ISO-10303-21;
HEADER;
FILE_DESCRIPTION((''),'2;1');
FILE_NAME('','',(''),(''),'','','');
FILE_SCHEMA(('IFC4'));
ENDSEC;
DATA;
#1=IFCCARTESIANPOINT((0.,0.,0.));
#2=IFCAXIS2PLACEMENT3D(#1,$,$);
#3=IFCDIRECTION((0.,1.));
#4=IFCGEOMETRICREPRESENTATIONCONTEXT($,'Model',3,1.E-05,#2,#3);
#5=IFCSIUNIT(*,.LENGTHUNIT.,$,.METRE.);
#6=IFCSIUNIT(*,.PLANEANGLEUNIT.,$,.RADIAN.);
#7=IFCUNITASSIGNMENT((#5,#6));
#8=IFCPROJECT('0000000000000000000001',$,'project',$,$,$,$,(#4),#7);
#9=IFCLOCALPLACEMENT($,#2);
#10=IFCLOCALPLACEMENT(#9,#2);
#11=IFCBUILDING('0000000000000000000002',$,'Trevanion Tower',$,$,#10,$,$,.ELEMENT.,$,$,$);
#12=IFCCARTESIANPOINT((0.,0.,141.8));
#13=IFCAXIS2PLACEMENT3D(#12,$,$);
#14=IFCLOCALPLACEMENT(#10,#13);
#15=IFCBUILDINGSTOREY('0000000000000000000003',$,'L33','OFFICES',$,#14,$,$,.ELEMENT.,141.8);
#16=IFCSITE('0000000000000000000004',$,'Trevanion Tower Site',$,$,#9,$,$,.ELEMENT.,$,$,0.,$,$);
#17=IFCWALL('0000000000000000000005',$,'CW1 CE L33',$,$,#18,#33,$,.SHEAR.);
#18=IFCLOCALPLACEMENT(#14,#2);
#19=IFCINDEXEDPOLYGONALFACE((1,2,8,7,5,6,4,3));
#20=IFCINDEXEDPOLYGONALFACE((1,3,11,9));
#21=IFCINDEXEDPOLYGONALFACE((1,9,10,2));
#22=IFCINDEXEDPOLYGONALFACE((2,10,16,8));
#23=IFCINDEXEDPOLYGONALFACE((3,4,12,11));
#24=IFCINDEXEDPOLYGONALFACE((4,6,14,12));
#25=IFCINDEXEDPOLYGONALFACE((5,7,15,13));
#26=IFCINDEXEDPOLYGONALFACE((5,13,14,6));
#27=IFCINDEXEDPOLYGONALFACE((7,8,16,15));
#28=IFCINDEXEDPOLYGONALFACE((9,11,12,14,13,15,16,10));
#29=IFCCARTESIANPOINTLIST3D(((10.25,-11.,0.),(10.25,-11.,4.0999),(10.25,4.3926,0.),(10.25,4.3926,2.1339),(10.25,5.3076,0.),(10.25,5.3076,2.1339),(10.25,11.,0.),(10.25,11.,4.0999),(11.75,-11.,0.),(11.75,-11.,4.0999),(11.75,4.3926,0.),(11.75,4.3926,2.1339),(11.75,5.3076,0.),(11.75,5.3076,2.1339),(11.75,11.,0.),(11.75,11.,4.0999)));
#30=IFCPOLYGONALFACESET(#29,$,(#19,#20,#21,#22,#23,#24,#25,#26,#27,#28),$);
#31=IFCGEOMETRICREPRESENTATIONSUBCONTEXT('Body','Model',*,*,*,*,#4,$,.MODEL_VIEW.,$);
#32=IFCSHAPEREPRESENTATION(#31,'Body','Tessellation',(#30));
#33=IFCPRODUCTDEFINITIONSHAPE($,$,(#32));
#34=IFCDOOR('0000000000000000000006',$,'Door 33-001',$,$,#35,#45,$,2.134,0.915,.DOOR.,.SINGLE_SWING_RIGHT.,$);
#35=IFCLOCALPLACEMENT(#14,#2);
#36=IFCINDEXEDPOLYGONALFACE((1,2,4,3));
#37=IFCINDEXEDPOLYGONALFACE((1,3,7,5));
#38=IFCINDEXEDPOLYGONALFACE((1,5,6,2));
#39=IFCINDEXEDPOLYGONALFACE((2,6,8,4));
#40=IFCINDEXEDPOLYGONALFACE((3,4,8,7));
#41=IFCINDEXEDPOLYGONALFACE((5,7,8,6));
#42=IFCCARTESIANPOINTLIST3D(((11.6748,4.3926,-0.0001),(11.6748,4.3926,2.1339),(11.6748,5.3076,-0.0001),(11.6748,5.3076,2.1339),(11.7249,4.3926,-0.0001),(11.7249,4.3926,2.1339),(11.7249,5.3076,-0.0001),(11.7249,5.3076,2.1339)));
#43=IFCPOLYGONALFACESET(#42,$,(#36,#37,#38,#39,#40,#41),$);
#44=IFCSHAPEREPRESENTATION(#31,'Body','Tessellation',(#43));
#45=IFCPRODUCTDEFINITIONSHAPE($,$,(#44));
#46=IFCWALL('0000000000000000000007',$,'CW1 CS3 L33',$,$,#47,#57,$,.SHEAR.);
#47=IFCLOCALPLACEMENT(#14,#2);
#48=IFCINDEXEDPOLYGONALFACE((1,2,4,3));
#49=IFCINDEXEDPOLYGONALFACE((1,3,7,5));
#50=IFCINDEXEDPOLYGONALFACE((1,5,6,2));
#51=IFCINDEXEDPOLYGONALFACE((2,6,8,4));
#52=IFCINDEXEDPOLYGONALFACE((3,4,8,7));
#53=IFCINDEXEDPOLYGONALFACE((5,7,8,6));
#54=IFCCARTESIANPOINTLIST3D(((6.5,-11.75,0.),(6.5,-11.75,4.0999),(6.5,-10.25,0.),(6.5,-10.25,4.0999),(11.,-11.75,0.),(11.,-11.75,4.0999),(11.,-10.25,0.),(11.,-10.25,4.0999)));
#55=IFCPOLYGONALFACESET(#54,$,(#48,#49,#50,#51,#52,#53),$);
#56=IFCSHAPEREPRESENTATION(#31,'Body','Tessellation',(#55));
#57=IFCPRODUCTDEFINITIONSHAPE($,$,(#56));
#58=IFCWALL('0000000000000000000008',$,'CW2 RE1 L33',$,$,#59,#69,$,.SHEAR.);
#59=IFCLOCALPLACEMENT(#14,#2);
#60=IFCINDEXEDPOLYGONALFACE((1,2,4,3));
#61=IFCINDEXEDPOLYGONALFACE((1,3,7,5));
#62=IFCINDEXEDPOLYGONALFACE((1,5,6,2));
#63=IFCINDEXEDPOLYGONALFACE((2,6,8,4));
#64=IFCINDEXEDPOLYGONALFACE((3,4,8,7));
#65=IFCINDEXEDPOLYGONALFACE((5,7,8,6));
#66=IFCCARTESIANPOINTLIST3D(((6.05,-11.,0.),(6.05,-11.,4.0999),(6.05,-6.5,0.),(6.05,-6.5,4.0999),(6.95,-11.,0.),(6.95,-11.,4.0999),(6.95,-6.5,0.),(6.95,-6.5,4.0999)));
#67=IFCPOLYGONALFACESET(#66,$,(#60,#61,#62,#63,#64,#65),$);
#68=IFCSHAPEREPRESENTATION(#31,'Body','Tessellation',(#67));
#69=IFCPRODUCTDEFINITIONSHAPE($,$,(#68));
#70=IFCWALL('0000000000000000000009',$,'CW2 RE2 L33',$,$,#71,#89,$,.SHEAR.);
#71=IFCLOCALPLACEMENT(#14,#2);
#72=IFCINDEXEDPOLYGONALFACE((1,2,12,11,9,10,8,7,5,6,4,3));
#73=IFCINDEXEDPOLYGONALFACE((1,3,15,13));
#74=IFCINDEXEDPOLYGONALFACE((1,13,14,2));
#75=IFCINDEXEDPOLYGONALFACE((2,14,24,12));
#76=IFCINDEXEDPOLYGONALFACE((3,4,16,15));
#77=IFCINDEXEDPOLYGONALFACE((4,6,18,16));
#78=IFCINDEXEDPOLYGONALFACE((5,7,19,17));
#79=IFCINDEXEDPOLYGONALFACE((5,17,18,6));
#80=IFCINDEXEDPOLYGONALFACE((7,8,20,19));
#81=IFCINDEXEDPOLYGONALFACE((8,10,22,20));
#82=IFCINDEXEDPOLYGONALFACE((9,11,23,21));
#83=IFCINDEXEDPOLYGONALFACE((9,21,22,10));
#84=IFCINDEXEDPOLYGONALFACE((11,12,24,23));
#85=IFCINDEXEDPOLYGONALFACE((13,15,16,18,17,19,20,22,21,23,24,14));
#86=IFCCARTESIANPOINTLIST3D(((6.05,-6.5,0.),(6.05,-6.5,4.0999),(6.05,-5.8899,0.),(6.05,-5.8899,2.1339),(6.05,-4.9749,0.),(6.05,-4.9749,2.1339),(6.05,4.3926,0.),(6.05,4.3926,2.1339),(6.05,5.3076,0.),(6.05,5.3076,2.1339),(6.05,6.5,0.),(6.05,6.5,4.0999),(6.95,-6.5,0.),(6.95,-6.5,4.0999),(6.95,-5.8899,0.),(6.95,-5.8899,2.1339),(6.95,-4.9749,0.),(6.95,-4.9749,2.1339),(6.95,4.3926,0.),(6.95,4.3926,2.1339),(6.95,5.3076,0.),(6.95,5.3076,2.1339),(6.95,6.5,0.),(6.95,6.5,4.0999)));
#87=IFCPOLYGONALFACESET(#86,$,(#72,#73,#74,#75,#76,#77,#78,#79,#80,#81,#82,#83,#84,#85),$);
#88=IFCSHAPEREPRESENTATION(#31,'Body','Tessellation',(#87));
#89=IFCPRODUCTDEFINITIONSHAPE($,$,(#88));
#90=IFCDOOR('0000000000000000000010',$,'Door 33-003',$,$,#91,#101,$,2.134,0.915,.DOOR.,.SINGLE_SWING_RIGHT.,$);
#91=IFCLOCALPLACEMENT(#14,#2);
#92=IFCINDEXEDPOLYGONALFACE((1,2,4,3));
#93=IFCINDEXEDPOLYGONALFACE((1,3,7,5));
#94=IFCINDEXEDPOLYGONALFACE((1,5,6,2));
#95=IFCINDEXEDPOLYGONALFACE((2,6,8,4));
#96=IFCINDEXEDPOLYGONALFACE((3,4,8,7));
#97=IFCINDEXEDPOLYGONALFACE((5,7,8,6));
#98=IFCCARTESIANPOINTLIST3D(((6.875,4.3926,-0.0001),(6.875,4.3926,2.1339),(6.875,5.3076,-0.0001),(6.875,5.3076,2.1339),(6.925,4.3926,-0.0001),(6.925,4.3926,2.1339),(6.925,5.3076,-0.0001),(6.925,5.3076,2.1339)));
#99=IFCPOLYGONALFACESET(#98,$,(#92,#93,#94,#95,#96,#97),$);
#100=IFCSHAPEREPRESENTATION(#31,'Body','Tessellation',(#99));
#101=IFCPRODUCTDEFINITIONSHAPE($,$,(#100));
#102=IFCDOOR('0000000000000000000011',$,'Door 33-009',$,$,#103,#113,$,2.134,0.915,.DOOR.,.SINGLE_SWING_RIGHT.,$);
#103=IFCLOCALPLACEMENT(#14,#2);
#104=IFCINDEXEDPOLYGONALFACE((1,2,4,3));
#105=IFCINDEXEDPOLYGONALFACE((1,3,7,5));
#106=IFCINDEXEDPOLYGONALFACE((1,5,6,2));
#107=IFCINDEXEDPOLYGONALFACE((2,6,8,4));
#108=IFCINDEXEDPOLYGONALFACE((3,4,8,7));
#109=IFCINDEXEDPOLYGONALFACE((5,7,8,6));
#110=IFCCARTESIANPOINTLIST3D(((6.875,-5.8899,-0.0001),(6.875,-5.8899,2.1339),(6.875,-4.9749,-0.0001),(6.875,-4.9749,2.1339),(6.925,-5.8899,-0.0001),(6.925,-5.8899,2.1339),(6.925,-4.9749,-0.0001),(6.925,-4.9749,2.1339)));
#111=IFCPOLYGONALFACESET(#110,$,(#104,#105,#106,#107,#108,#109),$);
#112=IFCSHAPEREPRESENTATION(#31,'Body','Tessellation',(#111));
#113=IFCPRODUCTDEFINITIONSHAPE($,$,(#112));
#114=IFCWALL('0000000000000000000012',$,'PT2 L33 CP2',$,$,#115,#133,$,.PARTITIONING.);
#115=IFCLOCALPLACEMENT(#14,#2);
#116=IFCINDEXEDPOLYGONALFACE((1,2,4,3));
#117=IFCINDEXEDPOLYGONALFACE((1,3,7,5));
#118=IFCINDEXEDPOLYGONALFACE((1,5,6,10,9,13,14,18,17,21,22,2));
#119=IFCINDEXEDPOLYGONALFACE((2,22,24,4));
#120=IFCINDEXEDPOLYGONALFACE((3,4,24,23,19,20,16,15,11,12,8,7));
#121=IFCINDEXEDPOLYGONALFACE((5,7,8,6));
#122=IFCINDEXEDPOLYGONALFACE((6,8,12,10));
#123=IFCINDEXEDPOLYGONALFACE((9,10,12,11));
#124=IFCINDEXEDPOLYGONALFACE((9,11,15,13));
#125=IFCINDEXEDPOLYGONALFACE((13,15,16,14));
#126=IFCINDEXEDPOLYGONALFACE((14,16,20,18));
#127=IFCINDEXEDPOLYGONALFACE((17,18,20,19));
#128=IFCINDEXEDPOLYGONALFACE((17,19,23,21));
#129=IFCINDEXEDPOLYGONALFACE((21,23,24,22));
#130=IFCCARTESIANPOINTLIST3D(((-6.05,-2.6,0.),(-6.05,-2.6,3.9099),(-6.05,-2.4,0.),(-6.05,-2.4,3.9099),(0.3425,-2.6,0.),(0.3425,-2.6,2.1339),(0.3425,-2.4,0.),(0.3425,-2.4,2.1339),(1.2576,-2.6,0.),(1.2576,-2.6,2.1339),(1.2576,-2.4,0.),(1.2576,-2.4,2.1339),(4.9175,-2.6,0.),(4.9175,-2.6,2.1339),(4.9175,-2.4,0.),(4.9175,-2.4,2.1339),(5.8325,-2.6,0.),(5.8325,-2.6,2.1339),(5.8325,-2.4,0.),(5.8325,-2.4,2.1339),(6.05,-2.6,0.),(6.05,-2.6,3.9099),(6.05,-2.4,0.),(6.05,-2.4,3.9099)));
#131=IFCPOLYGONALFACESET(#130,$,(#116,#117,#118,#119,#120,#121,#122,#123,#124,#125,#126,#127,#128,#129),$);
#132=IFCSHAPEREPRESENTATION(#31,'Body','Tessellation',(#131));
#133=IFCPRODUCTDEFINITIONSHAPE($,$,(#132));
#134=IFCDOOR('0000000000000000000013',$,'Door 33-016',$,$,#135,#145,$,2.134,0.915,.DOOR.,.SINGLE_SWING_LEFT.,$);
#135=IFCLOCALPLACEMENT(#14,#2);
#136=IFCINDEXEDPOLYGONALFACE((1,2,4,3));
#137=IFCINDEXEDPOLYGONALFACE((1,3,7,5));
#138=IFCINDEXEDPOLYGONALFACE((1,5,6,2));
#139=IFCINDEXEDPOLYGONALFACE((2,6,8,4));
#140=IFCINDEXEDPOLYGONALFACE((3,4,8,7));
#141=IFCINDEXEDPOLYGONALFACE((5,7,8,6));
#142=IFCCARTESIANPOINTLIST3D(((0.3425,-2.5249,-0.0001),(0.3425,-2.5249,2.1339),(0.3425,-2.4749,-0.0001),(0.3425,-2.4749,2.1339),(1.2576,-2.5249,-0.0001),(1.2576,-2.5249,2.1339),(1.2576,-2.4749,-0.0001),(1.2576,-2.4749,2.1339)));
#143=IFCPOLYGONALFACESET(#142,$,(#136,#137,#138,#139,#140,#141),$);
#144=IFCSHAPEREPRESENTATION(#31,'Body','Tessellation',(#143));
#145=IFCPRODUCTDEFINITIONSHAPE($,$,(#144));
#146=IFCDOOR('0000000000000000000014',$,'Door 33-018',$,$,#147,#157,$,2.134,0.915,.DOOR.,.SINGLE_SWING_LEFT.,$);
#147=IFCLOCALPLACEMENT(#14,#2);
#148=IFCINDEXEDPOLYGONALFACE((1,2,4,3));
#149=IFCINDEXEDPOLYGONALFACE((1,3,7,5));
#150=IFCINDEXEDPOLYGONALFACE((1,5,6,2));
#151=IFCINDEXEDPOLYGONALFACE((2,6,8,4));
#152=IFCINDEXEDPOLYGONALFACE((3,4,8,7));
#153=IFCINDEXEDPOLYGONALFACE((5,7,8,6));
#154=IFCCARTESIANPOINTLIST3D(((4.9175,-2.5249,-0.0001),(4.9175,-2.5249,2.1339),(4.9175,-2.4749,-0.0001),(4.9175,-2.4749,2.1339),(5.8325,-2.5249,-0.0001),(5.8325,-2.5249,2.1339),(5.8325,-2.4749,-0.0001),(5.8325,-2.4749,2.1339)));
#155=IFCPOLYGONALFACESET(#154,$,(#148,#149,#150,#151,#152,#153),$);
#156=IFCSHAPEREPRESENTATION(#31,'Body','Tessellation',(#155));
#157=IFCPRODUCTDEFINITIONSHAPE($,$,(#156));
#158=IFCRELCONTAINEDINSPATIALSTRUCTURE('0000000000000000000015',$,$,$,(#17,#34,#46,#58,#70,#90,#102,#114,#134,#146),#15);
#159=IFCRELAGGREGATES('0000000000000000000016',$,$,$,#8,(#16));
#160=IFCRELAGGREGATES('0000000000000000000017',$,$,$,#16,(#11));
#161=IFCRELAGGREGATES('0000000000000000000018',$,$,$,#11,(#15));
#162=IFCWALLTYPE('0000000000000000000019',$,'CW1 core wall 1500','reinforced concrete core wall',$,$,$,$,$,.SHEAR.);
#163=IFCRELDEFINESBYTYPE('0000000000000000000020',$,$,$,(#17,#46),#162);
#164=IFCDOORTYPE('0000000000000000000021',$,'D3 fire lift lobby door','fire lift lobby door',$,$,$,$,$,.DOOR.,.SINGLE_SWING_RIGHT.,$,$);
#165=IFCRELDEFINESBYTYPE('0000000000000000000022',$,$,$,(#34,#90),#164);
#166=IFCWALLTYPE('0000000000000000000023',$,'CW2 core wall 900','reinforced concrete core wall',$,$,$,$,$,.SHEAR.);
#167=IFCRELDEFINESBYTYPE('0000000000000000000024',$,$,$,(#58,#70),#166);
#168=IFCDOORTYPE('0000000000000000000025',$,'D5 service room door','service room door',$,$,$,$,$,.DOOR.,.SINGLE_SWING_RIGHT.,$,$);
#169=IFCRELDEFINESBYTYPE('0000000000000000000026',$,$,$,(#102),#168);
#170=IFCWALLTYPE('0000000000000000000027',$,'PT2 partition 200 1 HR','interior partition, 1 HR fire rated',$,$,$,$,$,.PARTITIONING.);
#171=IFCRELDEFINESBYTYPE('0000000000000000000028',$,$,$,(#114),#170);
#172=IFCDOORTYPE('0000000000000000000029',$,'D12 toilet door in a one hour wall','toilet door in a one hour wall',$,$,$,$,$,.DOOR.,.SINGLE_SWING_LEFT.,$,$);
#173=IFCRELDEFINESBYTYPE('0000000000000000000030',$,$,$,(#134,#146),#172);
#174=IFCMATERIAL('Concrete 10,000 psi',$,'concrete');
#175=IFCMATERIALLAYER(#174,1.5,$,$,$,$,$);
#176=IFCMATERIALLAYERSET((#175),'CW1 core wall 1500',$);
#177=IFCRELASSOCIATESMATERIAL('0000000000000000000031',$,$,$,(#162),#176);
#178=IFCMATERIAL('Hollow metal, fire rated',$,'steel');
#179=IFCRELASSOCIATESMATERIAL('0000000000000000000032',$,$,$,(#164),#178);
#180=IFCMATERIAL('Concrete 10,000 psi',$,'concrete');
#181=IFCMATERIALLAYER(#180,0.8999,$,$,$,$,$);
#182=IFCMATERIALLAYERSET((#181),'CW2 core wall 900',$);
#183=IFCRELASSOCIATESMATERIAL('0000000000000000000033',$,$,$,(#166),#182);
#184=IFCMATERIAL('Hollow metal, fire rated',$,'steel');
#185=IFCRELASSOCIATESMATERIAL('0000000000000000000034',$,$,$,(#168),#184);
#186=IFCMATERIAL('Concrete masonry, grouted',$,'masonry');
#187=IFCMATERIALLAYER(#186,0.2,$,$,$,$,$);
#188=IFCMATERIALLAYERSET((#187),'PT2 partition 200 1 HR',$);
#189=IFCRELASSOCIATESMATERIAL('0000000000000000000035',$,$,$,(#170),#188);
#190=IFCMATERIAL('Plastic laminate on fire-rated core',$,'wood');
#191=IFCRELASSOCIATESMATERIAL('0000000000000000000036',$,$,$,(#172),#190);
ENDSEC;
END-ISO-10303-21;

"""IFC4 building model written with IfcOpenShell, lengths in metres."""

from ifc_helpers import new_model, si_unit, direction, frame, frame_2d, origin, place, context, subcontext, project, spatial, rectangle, extrude, material, layer, layer_set, type_object, element, fill, save


model = new_model("IFC4")

# Units and contexts
model_context = context("Model", 3, precision=1e-05, world=origin(), true_north=direction((0.0, 1.0)))
body_context = subcontext(model_context, "Body", "Model", "MODEL_VIEW")
ifc_project = project(units=[si_unit("LENGTHUNIT", "METRE"), si_unit("PLANEANGLEUNIT", "RADIAN")], contexts=[model_context])

# Site, building, storey
site_placement = place(None, origin())
site = spatial("IfcSite", under=ifc_project, at=site_placement, Name="Trevanion Tower Site", CompositionType="ELEMENT", RefElevation=0.0)
building_placement = place(site_placement, origin())
building = spatial("IfcBuilding", under=site, at=building_placement, Name="Trevanion Tower", CompositionType="ELEMENT")
storey_placement = place(building_placement, frame((0.0, 0.0, 141.8)))
storey = spatial("IfcBuildingStorey", under=building, at=storey_placement, Name="L33", Description="OFFICES", CompositionType="ELEMENT", Elevation=141.8)

# Wall, opening, door
ifc_material_1 = material(Name="Concrete 10,000 psi", Category="concrete")
ifc_layer_1 = layer(ifc_material_1, 1.5)
ifc_layer_set_1 = layer_set([ifc_layer_1], Name="CW1 core wall 1500")
wall_type_1 = type_object("IfcWallType", Name="CW1 core wall 1500", Description="reinforced concrete core wall", PredefinedType="SHEAR", material=ifc_layer_set_1)
wall_1_placement = place(storey_placement, frame((11.0, -11.0, 0.0), z_axis=(0.0, 0.0, 1.0), x_axis=(0.0, 1.0, 0.0)))
wall_1 = element("IfcWall", 1, at=wall_1_placement, inside=storey, type_object=wall_type_1, Name="CW1 CE L33", PredefinedType="SHEAR", context=body_context, shape_type="SweptSolid", body=[
    extrude(rectangle(XDim=22.0, YDim=1.5, at=frame_2d((11.0, 0.0))), origin(), (0.0, 0.0, 1.0), 4.0999),
])
opening_1_placement = place(wall_1_placement, frame((15.3926, 0.0, 0.0)))
opening_1 = element("IfcOpeningElement", 2, at=opening_1_placement, cuts=wall_1, PredefinedType="OPENING", context=body_context, shape_type="SweptSolid", body=[
    extrude(rectangle(XDim=0.915, YDim=2.134, at=frame_2d((0.4575, 1.0669))), frame((0.0, 0.76, 0.0), z_axis=(0.0, -1.0, 0.0), x_axis=(1.0, 0.0, 0.0)), (0.0, 0.0, 1.0), 1.52),
])
ifc_material_2 = material(Name="Hollow metal, fire rated", Category="steel")
door_type_1 = type_object("IfcDoorType", Name="D3 fire lift lobby door", Description="fire lift lobby door", OperationType="SINGLE_SWING_RIGHT", PredefinedType="DOOR", material=ifc_material_2)
door_1_placement = place(opening_1_placement, origin())
door_1 = element("IfcDoor", 3, at=door_1_placement, inside=storey, type_object=door_type_1, Name="Door 33-001", OperationType="SINGLE_SWING_RIGHT", OverallHeight=2.134, OverallWidth=0.915, PredefinedType="DOOR", context=body_context, shape_type="SweptSolid", body=[
    extrude(rectangle(XDim=0.915, YDim=2.134, at=frame_2d((0.4575, 1.0669))), frame((0.0, -0.6748, 0.0), z_axis=(0.0, -1.0, 0.0), x_axis=(1.0, 0.0, 0.0)), (0.0, 0.0, 1.0), 0.05),
])
fill(opening_1, door_1)

# Walls
wall_2_placement = place(storey_placement, frame((6.5, -11.0, 0.0), z_axis=(0.0, 0.0, 1.0), x_axis=(1.0, 0.0, 0.0)))
element("IfcWall", 4, at=wall_2_placement, inside=storey, type_object=wall_type_1, Name="CW1 CS3 L33", PredefinedType="SHEAR", context=body_context, shape_type="SweptSolid", body=[
    extrude(rectangle(XDim=4.5, YDim=1.5, at=frame_2d((2.25, 0.0))), origin(), (0.0, 0.0, 1.0), 4.0999),
])
ifc_material_3 = material(Name="Concrete 10,000 psi", Category="concrete")
ifc_layer_2 = layer(ifc_material_3, 0.8999)
ifc_layer_set_2 = layer_set([ifc_layer_2], Name="CW2 core wall 900")
wall_type_2 = type_object("IfcWallType", Name="CW2 core wall 900", Description="reinforced concrete core wall", PredefinedType="SHEAR", material=ifc_layer_set_2)
wall_3_placement = place(storey_placement, frame((6.5, -11.0, 0.0), z_axis=(0.0, 0.0, 1.0), x_axis=(0.0, 1.0, 0.0)))
element("IfcWall", 5, at=wall_3_placement, inside=storey, type_object=wall_type_2, Name="CW2 RE1 L33", PredefinedType="SHEAR", context=body_context, shape_type="SweptSolid", body=[
    extrude(rectangle(XDim=4.5, YDim=0.8999, at=frame_2d((2.25, 0.0))), origin(), (0.0, 0.0, 1.0), 4.0999),
])

# Walls, openings, doors
wall_4_placement = place(storey_placement, frame((6.5, -6.5, 0.0), z_axis=(0.0, 0.0, 1.0), x_axis=(0.0, 1.0, 0.0)))
wall_4 = element("IfcWall", 6, at=wall_4_placement, inside=storey, type_object=wall_type_2, Name="CW2 RE2 L33", PredefinedType="SHEAR", context=body_context, shape_type="SweptSolid", body=[
    extrude(rectangle(XDim=13.0, YDim=0.8999, at=frame_2d((6.5, 0.0))), origin(), (0.0, 0.0, 1.0), 4.0999),
])
opening_2_placement = place(wall_4_placement, frame((10.8926, 0.0, 0.0)))
opening_2 = element("IfcOpeningElement", 7, at=opening_2_placement, cuts=wall_4, PredefinedType="OPENING", context=body_context, shape_type="SweptSolid", body=[
    extrude(rectangle(XDim=0.915, YDim=2.134, at=frame_2d((0.4575, 1.0669))), frame((0.0, 0.46, 0.0), z_axis=(0.0, -1.0, 0.0), x_axis=(1.0, 0.0, 0.0)), (0.0, 0.0, 1.0), 0.9199),
])
opening_3_placement = place(wall_4_placement, frame((0.6101, 0.0, 0.0)))
opening_3 = element("IfcOpeningElement", 8, at=opening_3_placement, cuts=wall_4, PredefinedType="OPENING", context=body_context, shape_type="SweptSolid", body=[
    extrude(rectangle(XDim=0.915, YDim=2.134, at=frame_2d((0.4575, 1.0669))), frame((0.0, 0.46, 0.0), z_axis=(0.0, -1.0, 0.0), x_axis=(1.0, 0.0, 0.0)), (0.0, 0.0, 1.0), 0.9199),
])
door_2_placement = place(opening_2_placement, origin())
door_2 = element("IfcDoor", 9, at=door_2_placement, inside=storey, type_object=door_type_1, Name="Door 33-003", OperationType="SINGLE_SWING_RIGHT", OverallHeight=2.134, OverallWidth=0.915, PredefinedType="DOOR", context=body_context, shape_type="SweptSolid", body=[
    extrude(rectangle(XDim=0.915, YDim=2.134, at=frame_2d((0.4575, 1.0669))), frame((0.0, -0.375, 0.0), z_axis=(0.0, -1.0, 0.0), x_axis=(1.0, 0.0, 0.0)), (0.0, 0.0, 1.0), 0.05),
])
fill(opening_2, door_2)
ifc_material_4 = material(Name="Hollow metal, fire rated", Category="steel")
door_type_2 = type_object("IfcDoorType", Name="D5 service room door", Description="service room door", OperationType="SINGLE_SWING_RIGHT", PredefinedType="DOOR", material=ifc_material_4)
door_3_placement = place(opening_3_placement, origin())
door_3 = element("IfcDoor", 10, at=door_3_placement, inside=storey, type_object=door_type_2, Name="Door 33-009", OperationType="SINGLE_SWING_RIGHT", OverallHeight=2.134, OverallWidth=0.915, PredefinedType="DOOR", context=body_context, shape_type="SweptSolid", body=[
    extrude(rectangle(XDim=0.915, YDim=2.134, at=frame_2d((0.4575, 1.0669))), frame((0.0, -0.375, 0.0), z_axis=(0.0, -1.0, 0.0), x_axis=(1.0, 0.0, 0.0)), (0.0, 0.0, 1.0), 0.05),
])
fill(opening_3, door_3)
ifc_material_5 = material(Name="Concrete masonry, grouted", Category="masonry")
ifc_layer_3 = layer(ifc_material_5, 0.2)
ifc_layer_set_3 = layer_set([ifc_layer_3], Name="PT2 partition 200 1 HR")
wall_type_3 = type_object("IfcWallType", Name="PT2 partition 200 1 HR", Description="interior partition, 1 HR fire rated", PredefinedType="PARTITIONING", material=ifc_layer_set_3)
wall_5_placement = place(storey_placement, frame((6.05, -2.5, 0.0), z_axis=(0.0, 0.0, 1.0), x_axis=(-1.0, 0.0, 0.0)))
wall_5 = element("IfcWall", 11, at=wall_5_placement, inside=storey, type_object=wall_type_3, Name="PT2 L33 CP2", PredefinedType="PARTITIONING", context=body_context, shape_type="SweptSolid", body=[
    extrude(rectangle(XDim=12.1001, YDim=0.2, at=frame_2d((6.05, 0.0))), origin(), (0.0, 0.0, 1.0), 3.9099),
])
opening_4_placement = place(wall_5_placement, frame((4.7925, 0.0, 0.0)))
opening_4 = element("IfcOpeningElement", 12, at=opening_4_placement, cuts=wall_5, PredefinedType="OPENING", context=body_context, shape_type="SweptSolid", body=[
    extrude(rectangle(XDim=0.915, YDim=2.134, at=frame_2d((0.4575, 1.0669))), frame((0.0, 0.1099, 0.0), z_axis=(0.0, -1.0, 0.0), x_axis=(1.0, 0.0, 0.0)), (0.0, 0.0, 1.0), 0.22),
])
opening_5_placement = place(wall_5_placement, frame((0.2175, 0.0, 0.0)))
opening_5 = element("IfcOpeningElement", 13, at=opening_5_placement, cuts=wall_5, PredefinedType="OPENING", context=body_context, shape_type="SweptSolid", body=[
    extrude(rectangle(XDim=0.915, YDim=2.134, at=frame_2d((0.4575, 1.0669))), frame((0.0, 0.1099, 0.0), z_axis=(0.0, -1.0, 0.0), x_axis=(1.0, 0.0, 0.0)), (0.0, 0.0, 1.0), 0.22),
])
ifc_material_6 = material(Name="Plastic laminate on fire-rated core", Category="wood")
door_type_3 = type_object("IfcDoorType", Name="D12 toilet door in a one hour wall", Description="toilet door in a one hour wall", OperationType="SINGLE_SWING_LEFT", PredefinedType="DOOR", material=ifc_material_6)
door_4_placement = place(opening_4_placement, origin())
door_4 = element("IfcDoor", 14, at=door_4_placement, inside=storey, type_object=door_type_3, Name="Door 33-016", OperationType="SINGLE_SWING_LEFT", OverallHeight=2.134, OverallWidth=0.915, PredefinedType="DOOR", context=body_context, shape_type="SweptSolid", body=[
    extrude(rectangle(XDim=0.915, YDim=2.134, at=frame_2d((0.4575, 1.0669))), frame((0.0, 0.0249, 0.0), z_axis=(0.0, -1.0, 0.0), x_axis=(1.0, 0.0, 0.0)), (0.0, 0.0, 1.0), 0.05),
])
fill(opening_4, door_4)
door_5_placement = place(opening_5_placement, origin())
door_5 = element("IfcDoor", 15, at=door_5_placement, inside=storey, type_object=door_type_3, Name="Door 33-018", OperationType="SINGLE_SWING_LEFT", OverallHeight=2.134, OverallWidth=0.915, PredefinedType="DOOR", context=body_context, shape_type="SweptSolid", body=[
    extrude(rectangle(XDim=0.915, YDim=2.134, at=frame_2d((0.4575, 1.0669))), frame((0.0, 0.0249, 0.0), z_axis=(0.0, -1.0, 0.0), x_axis=(1.0, 0.0, 0.0)), (0.0, 0.0, 1.0), 0.05),
])
fill(opening_5, door_5)

save(model, "model.ifc")
